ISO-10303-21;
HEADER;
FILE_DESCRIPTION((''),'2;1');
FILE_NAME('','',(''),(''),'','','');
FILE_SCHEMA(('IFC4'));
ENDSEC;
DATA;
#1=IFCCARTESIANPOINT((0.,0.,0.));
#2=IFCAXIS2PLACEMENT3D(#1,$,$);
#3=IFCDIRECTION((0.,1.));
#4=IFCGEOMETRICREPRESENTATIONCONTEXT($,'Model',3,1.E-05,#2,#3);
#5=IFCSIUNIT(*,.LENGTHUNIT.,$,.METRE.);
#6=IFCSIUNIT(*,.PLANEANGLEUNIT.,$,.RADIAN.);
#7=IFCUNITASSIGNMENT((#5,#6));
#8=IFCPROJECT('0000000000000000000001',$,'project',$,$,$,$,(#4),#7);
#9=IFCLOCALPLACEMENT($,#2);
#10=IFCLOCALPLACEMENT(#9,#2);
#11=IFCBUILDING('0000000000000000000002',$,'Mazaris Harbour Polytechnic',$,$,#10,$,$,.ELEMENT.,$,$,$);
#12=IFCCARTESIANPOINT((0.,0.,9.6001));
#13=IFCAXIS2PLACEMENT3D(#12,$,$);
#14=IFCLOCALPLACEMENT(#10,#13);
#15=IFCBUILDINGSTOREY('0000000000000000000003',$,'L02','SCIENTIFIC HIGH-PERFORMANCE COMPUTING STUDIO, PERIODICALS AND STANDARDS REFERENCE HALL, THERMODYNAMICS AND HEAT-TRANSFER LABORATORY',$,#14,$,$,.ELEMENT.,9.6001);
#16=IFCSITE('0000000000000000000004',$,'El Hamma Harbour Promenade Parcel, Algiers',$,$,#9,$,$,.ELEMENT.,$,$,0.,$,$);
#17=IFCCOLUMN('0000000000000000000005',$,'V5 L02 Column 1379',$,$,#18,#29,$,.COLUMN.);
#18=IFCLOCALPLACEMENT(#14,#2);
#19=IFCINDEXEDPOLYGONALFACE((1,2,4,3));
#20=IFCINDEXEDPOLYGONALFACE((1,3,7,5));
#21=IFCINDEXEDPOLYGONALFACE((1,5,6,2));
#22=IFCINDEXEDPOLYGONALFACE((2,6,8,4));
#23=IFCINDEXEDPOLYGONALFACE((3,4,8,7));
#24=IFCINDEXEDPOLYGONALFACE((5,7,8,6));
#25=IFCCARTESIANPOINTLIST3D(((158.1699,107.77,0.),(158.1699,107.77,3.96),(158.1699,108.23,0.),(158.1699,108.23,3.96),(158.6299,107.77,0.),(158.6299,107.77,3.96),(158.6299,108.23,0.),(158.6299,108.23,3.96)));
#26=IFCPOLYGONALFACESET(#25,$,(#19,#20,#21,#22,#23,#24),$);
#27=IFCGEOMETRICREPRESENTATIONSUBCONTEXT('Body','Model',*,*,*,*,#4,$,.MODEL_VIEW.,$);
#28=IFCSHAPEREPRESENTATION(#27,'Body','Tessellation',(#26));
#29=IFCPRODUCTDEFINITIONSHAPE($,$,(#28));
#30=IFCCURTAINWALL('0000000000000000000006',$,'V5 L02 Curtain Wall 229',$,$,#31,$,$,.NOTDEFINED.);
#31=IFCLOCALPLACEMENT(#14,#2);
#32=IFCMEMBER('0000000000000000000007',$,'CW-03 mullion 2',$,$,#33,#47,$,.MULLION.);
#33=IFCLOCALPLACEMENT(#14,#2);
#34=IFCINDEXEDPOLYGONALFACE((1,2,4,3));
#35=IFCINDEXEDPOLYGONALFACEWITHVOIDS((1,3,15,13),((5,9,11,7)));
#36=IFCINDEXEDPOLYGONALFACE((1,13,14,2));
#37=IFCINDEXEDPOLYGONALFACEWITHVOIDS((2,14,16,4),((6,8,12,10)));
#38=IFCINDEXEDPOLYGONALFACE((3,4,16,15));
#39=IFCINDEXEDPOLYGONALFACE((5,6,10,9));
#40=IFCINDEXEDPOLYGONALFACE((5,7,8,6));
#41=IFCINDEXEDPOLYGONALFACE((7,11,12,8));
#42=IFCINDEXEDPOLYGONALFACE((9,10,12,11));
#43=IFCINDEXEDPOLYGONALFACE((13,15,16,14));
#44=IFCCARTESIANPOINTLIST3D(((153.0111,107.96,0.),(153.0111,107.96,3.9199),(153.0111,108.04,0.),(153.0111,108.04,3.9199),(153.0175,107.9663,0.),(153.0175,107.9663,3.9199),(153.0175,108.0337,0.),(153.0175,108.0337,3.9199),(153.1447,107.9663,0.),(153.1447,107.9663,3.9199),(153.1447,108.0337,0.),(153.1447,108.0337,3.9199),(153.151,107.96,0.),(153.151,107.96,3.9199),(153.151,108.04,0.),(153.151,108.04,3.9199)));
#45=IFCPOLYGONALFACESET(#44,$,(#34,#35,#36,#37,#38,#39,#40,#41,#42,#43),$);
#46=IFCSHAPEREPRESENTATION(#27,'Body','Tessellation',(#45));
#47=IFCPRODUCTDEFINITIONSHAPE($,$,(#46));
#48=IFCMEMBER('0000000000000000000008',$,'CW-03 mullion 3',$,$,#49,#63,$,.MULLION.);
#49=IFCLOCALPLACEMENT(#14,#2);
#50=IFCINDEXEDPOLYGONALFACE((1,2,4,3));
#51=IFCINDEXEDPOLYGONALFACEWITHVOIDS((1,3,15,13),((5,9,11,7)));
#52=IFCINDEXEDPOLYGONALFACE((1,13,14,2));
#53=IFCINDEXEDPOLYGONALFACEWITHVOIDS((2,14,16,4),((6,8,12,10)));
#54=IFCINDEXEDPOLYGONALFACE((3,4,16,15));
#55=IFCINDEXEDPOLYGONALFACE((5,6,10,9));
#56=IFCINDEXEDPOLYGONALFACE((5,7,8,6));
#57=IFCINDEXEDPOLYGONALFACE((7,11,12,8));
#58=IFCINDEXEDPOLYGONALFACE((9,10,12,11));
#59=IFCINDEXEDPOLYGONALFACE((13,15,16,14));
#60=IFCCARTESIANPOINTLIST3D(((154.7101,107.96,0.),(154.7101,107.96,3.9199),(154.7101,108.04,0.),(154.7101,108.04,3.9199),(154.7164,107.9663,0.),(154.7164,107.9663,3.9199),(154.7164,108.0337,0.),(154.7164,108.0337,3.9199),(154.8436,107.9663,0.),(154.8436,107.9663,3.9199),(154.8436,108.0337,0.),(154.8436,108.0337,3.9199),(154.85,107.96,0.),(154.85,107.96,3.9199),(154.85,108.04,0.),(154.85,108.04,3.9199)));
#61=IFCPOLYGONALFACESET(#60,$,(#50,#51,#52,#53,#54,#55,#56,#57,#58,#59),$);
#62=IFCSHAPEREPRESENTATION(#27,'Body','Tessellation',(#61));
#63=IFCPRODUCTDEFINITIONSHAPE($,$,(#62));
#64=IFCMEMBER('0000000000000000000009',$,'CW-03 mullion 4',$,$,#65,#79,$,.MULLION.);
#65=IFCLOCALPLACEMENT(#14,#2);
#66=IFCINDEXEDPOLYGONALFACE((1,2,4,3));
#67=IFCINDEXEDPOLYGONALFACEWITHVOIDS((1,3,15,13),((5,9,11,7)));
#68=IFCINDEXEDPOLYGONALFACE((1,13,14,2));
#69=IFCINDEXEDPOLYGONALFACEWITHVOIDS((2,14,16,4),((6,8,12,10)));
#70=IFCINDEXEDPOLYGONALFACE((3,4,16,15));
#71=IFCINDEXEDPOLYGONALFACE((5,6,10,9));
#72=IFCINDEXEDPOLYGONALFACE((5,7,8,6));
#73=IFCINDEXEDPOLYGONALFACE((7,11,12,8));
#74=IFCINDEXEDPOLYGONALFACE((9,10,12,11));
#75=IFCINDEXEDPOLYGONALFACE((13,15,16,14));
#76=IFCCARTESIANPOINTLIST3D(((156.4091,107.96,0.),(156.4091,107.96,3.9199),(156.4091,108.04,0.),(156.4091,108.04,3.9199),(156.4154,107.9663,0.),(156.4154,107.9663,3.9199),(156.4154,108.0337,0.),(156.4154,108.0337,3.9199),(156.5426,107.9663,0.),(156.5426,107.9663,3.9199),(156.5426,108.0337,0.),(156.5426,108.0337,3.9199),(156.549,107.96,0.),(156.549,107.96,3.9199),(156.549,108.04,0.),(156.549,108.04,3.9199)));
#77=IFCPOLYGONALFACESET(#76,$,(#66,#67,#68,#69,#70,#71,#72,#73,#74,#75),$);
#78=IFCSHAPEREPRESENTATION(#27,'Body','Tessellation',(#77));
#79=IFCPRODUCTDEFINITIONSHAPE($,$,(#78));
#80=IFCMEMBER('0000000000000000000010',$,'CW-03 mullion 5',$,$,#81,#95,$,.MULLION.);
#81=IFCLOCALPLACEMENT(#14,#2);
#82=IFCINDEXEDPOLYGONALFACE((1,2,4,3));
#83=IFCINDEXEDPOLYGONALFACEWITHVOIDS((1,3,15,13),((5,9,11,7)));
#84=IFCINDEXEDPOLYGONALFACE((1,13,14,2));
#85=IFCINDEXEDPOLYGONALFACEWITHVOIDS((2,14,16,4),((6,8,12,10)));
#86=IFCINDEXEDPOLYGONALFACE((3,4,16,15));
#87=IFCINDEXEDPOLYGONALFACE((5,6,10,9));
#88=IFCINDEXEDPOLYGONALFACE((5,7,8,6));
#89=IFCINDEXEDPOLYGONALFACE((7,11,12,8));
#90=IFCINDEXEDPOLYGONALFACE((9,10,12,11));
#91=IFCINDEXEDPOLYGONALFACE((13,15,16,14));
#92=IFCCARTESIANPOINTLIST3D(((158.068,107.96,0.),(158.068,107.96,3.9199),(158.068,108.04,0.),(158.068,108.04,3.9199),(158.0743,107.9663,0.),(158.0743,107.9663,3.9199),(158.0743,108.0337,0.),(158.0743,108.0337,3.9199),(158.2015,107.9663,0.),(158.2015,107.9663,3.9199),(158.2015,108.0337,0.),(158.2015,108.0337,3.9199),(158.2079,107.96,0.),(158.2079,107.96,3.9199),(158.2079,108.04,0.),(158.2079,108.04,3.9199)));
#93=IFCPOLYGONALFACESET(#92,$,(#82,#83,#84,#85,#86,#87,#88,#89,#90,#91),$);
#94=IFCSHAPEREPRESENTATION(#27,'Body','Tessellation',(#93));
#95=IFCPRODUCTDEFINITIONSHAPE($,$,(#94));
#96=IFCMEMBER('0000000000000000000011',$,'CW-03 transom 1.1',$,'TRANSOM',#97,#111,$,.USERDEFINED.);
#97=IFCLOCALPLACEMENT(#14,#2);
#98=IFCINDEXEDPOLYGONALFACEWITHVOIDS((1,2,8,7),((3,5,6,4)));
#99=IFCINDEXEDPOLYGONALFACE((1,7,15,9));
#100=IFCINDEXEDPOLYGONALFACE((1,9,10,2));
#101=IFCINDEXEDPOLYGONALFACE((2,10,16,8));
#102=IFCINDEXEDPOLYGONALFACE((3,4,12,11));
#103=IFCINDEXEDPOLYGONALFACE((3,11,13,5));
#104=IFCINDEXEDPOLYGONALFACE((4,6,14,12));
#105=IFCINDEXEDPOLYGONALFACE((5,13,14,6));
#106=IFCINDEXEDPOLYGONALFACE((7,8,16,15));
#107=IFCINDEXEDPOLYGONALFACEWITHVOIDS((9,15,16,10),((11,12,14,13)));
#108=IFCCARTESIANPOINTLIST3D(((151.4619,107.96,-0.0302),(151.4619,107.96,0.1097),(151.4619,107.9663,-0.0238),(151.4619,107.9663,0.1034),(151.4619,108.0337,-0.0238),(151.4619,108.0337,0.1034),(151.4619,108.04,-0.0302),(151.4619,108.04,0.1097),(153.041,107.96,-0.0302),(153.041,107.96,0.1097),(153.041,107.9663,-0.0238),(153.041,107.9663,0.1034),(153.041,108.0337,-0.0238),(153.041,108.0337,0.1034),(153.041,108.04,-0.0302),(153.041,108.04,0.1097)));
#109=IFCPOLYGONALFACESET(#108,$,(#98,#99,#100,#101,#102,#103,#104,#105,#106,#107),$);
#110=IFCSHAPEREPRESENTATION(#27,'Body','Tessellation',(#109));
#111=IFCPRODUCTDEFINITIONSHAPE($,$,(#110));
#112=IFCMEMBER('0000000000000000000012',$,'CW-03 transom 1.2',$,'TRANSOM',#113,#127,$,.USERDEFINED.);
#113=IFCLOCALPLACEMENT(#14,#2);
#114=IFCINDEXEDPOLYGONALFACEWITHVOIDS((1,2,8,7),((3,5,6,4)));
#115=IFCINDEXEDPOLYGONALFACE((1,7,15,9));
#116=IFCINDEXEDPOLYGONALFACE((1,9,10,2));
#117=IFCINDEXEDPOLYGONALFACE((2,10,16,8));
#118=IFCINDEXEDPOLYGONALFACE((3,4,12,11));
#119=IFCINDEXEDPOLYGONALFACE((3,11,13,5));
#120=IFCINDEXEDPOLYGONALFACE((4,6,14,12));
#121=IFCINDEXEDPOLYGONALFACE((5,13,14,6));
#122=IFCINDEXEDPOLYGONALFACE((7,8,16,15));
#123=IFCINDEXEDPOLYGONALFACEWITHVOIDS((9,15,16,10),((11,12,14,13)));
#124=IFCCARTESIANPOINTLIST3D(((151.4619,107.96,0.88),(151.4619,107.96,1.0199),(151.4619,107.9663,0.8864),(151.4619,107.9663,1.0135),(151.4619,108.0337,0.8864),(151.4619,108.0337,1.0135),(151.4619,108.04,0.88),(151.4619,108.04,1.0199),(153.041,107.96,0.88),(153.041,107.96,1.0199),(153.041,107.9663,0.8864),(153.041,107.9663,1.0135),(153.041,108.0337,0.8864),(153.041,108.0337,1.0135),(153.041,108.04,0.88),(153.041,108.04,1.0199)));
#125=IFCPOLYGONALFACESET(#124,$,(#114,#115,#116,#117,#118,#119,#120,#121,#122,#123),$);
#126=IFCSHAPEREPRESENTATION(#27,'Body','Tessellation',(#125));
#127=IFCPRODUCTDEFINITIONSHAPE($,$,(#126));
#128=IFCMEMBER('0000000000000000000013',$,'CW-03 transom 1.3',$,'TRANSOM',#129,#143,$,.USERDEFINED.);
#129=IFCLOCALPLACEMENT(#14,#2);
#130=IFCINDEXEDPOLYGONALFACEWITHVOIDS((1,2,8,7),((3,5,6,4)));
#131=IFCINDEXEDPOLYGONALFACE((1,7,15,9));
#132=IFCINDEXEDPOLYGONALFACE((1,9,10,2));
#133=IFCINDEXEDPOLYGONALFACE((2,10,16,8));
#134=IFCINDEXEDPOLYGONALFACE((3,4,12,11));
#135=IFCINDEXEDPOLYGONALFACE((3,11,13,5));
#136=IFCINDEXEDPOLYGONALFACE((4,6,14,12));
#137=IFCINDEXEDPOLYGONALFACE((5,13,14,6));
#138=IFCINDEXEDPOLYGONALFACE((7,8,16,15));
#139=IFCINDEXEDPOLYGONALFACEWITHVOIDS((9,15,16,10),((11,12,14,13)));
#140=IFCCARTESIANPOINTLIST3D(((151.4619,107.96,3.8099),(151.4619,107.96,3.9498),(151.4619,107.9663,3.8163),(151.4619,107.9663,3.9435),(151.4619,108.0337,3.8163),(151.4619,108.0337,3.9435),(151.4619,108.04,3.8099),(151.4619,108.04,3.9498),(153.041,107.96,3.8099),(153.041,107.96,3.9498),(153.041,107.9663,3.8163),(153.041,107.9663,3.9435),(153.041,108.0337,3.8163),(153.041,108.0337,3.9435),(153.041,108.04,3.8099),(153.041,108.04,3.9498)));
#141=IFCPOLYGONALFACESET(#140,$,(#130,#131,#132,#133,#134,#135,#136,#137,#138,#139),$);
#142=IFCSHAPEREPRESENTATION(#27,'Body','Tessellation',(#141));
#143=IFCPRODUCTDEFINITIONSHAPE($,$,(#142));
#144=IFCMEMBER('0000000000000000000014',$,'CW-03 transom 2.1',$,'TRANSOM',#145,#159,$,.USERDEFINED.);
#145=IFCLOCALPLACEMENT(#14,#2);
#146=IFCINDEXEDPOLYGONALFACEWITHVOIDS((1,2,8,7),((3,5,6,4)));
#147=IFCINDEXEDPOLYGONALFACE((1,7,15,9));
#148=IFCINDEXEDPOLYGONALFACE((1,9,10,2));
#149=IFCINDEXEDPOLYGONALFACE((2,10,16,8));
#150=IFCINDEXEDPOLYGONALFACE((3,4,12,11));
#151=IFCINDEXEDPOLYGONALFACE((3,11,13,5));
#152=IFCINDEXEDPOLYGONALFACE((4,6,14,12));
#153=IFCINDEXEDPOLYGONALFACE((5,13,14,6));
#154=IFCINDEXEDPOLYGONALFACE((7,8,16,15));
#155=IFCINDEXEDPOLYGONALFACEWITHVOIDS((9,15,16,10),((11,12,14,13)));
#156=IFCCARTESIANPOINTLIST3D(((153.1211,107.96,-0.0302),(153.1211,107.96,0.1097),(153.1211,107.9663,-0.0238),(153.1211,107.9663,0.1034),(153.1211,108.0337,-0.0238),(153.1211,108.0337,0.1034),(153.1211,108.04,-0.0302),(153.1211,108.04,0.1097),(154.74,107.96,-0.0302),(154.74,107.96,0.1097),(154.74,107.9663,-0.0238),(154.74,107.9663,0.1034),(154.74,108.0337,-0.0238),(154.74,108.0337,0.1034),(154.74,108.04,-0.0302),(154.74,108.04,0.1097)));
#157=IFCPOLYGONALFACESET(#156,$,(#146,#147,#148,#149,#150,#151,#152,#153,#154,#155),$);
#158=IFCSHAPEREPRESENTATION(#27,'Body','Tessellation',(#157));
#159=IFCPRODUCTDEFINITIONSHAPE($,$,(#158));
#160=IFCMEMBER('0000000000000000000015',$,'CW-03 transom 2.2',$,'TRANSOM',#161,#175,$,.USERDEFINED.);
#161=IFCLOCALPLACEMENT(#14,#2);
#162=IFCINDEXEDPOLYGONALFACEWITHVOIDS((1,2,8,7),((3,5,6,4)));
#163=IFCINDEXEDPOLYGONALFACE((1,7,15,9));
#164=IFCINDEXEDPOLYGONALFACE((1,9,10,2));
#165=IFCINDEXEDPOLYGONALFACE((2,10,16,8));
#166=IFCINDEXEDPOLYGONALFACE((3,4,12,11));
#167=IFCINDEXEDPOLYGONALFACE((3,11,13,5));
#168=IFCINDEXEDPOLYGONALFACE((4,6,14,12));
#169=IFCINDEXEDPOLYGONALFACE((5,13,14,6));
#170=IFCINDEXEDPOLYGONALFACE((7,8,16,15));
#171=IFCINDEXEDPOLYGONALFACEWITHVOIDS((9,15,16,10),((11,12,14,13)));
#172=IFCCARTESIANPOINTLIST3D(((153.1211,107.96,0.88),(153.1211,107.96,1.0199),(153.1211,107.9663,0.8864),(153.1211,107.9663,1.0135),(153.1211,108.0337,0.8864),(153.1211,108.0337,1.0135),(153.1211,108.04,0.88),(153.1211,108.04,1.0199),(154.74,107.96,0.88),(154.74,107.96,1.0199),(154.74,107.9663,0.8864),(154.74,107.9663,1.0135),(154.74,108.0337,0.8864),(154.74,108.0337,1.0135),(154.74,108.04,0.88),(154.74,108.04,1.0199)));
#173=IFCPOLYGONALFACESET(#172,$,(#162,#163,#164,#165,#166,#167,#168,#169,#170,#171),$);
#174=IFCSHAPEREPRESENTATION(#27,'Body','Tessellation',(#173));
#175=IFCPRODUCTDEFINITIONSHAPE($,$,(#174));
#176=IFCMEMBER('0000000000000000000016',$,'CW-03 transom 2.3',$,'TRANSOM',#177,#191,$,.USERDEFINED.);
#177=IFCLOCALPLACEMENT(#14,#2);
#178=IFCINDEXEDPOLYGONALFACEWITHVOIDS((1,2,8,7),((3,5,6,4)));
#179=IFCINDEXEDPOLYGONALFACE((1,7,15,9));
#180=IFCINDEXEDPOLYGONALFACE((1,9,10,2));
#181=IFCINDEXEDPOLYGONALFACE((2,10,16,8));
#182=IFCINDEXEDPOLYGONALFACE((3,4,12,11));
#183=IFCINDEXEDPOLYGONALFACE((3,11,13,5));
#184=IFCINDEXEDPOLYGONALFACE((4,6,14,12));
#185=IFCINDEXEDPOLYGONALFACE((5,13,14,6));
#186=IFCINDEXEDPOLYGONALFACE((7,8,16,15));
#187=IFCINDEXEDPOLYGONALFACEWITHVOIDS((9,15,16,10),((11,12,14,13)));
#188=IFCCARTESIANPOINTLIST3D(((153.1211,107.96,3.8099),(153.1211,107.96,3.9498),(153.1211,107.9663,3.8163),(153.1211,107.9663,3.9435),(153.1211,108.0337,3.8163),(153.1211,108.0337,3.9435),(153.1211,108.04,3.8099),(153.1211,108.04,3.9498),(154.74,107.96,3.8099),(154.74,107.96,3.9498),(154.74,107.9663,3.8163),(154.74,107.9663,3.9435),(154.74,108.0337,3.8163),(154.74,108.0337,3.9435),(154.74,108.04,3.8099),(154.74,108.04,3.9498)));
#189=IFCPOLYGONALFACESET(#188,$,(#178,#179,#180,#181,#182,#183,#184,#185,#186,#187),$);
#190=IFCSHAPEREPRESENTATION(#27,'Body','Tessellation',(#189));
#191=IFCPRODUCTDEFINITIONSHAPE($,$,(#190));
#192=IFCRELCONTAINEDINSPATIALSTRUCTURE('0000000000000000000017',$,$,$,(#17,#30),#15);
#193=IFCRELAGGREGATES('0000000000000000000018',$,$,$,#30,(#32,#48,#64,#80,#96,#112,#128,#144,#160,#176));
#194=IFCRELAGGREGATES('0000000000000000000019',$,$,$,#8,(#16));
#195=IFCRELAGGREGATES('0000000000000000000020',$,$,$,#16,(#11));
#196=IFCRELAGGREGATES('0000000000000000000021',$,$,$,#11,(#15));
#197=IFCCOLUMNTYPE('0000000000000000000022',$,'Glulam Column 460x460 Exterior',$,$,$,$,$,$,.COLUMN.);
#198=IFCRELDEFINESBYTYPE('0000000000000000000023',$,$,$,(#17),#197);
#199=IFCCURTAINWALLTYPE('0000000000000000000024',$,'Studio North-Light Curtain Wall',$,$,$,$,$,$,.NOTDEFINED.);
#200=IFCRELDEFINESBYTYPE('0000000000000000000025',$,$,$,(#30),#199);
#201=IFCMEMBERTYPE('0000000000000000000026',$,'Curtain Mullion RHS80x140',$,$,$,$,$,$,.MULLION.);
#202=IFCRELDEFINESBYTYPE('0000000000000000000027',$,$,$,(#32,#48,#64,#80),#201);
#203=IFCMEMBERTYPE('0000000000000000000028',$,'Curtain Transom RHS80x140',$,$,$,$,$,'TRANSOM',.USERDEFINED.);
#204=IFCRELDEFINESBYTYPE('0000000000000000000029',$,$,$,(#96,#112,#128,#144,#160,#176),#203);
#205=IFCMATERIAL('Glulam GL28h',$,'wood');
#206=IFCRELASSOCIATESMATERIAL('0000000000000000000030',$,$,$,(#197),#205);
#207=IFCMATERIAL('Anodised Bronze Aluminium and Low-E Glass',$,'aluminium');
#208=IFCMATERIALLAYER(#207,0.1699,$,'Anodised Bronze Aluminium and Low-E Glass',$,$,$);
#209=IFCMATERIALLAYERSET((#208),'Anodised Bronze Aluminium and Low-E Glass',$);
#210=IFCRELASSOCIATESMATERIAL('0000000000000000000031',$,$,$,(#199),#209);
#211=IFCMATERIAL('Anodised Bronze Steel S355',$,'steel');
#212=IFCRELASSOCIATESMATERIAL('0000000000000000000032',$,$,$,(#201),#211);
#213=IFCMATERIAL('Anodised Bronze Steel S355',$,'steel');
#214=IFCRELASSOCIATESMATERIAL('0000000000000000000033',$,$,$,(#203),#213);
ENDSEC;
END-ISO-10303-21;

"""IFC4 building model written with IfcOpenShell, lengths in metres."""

from ifc_helpers import new_model, si_unit, direction, frame, origin, origin_2d, place, context, subcontext, project, spatial, rectangle, hollow_rectangle, extrude, material, layer, layer_set, material_profile, profile_set, type_object, element, aggregate, save


model = new_model("IFC4")

# Units and contexts
model_context = context("Model", 3, precision=1e-05, world=origin(), true_north=direction((0.0, 1.0)))
body_context = subcontext(model_context, "Body", "Model", "MODEL_VIEW")
ifc_project = project(units=[si_unit("LENGTHUNIT", "METRE"), si_unit("PLANEANGLEUNIT", "RADIAN")], contexts=[model_context])

# Site, building, storey
site_placement = place(None, origin())
site = spatial("IfcSite", under=ifc_project, at=site_placement, Name="El Hamma Harbour Promenade Parcel, Algiers", CompositionType="ELEMENT", RefElevation=0.0)
building_placement = place(site_placement, origin())
building = spatial("IfcBuilding", under=site, at=building_placement, Name="Mazaris Harbour Polytechnic", CompositionType="ELEMENT")
storey_placement = place(building_placement, frame((0.0, 0.0, 9.6001)))
storey = spatial("IfcBuildingStorey", under=building, at=storey_placement, Name="L02", Description="SCIENTIFIC HIGH-PERFORMANCE COMPUTING STUDIO, PERIODICALS AND STANDARDS REFERENCE HALL, THERMODYNAMICS AND HEAT-TRANSFER LABORATORY", CompositionType="ELEMENT", Elevation=9.6001)

# Column
ifc_material_1 = material(Name="Glulam GL28h", Category="wood")
ifc_material_profile_1 = material_profile(ifc_material_1, rectangle(XDim=0.46, YDim=0.46, at=origin_2d()), Name="RECT460x460")
ifc_profile_set_1 = profile_set([ifc_material_profile_1], Name="Glulam GL28h")
column_type = type_object("IfcColumnType", Name="Glulam Column 460x460 Exterior", PredefinedType="COLUMN", material=ifc_profile_set_1)
column_placement = place(storey_placement, frame((158.3999, 108.0, 0.0), z_axis=(0.0, 0.0, 1.0), x_axis=(1.0, 0.0, 0.0)))
element("IfcColumn", 1, at=column_placement, inside=storey, type_object=column_type, Name="V5 L02 Column 1379", PredefinedType="COLUMN", context=body_context, shape_type="SweptSolid", body=[
    extrude(rectangle(XDim=0.46, YDim=0.46, at=origin_2d()), origin(), (0.0, 0.0, 1.0), 3.96),
])

# Curtain wall, members
ifc_material_2 = material(Name="Anodised Bronze Aluminium and Low-E Glass", Category="aluminium")
ifc_layer_1 = layer(ifc_material_2, 0.1699, Name="Anodised Bronze Aluminium and Low-E Glass")
ifc_layer_set_1 = layer_set([ifc_layer_1], Name="Anodised Bronze Aluminium and Low-E Glass")
curtain_wall_type = type_object("IfcCurtainWallType", Name="Studio North-Light Curtain Wall", PredefinedType="NOTDEFINED", material=ifc_layer_set_1)
curtain_wall_placement = place(storey_placement, origin())
curtain_wall = element("IfcCurtainWall", 2, at=curtain_wall_placement, inside=storey, type_object=curtain_wall_type, Name="V5 L02 Curtain Wall 229", PredefinedType="NOTDEFINED")
ifc_material_3 = material(Name="Anodised Bronze Steel S355", Category="steel")
ifc_material_profile_2 = material_profile(ifc_material_3, hollow_rectangle(XDim=0.0801, YDim=0.1399, WallThickness=0.0063, at=origin_2d()), Name="RHS 80x140x6.3")
ifc_profile_set_2 = profile_set([ifc_material_profile_2], Name="Anodised Bronze Steel S355")
member_type_1 = type_object("IfcMemberType", Name="Curtain Mullion RHS80x140", PredefinedType="MULLION", material=ifc_profile_set_2)
member_1_placement = place(storey_placement, frame((153.0811, 108.0, 0.0), z_axis=(0.0, 0.0, 1.0), x_axis=(0.0, 1.0, 0.0)))
member_1 = element("IfcMember", 3, at=member_1_placement, type_object=member_type_1, Name="CW-03 mullion 2", PredefinedType="MULLION", context=body_context, shape_type="SweptSolid", body=[
    extrude(hollow_rectangle(XDim=0.0801, YDim=0.1399, WallThickness=0.0063, at=origin_2d()), origin(), (0.0, 0.0, 1.0), 3.9199),
])
member_2_placement = place(storey_placement, frame((154.78, 108.0, 0.0), z_axis=(0.0, 0.0, 1.0), x_axis=(0.0, 1.0, 0.0)))
member_2 = element("IfcMember", 4, at=member_2_placement, type_object=member_type_1, Name="CW-03 mullion 3", PredefinedType="MULLION", context=body_context, shape_type="SweptSolid", body=[
    extrude(hollow_rectangle(XDim=0.0801, YDim=0.1399, WallThickness=0.0063, at=origin_2d()), origin(), (0.0, 0.0, 1.0), 3.9199),
])
member_3_placement = place(storey_placement, frame((156.479, 108.0, 0.0), z_axis=(0.0, 0.0, 1.0), x_axis=(0.0, 1.0, 0.0)))
member_3 = element("IfcMember", 5, at=member_3_placement, type_object=member_type_1, Name="CW-03 mullion 4", PredefinedType="MULLION", context=body_context, shape_type="SweptSolid", body=[
    extrude(hollow_rectangle(XDim=0.0801, YDim=0.1399, WallThickness=0.0063, at=origin_2d()), origin(), (0.0, 0.0, 1.0), 3.9199),
])
member_4_placement = place(storey_placement, frame((158.1379, 108.0, 0.0), z_axis=(0.0, 0.0, 1.0), x_axis=(0.0, 1.0, 0.0)))
member_4 = element("IfcMember", 6, at=member_4_placement, type_object=member_type_1, Name="CW-03 mullion 5", PredefinedType="MULLION", context=body_context, shape_type="SweptSolid", body=[
    extrude(hollow_rectangle(XDim=0.0801, YDim=0.1399, WallThickness=0.0063, at=origin_2d()), origin(), (0.0, 0.0, 1.0), 3.9199),
])
ifc_material_4 = material(Name="Anodised Bronze Steel S355", Category="steel")
ifc_material_profile_3 = material_profile(ifc_material_4, hollow_rectangle(XDim=0.0801, YDim=0.1399, WallThickness=0.0063, at=origin_2d()), Name="RHS 80x140x6.3")
ifc_profile_set_3 = profile_set([ifc_material_profile_3], Name="Anodised Bronze Steel S355")
member_type_2 = type_object("IfcMemberType", Name="Curtain Transom RHS80x140", ElementType="TRANSOM", PredefinedType="USERDEFINED", material=ifc_profile_set_3)
member_5_placement = place(storey_placement, frame((151.4619, 108.0, 0.0398), z_axis=(1.0, 0.0, 0.0), x_axis=(0.0, 1.0, 0.0)))
member_5 = element("IfcMember", 7, at=member_5_placement, type_object=member_type_2, Name="CW-03 transom 1.1", ObjectType="TRANSOM", PredefinedType="USERDEFINED", context=body_context, shape_type="SweptSolid", body=[
    extrude(hollow_rectangle(XDim=0.0801, YDim=0.1399, WallThickness=0.0063, at=origin_2d()), origin(), (0.0, 0.0, 1.0), 1.5791),
])
member_6_placement = place(storey_placement, frame((151.4619, 108.0, 0.95), z_axis=(1.0, 0.0, 0.0), x_axis=(0.0, 1.0, 0.0)))
member_6 = element("IfcMember", 8, at=member_6_placement, type_object=member_type_2, Name="CW-03 transom 1.2", ObjectType="TRANSOM", PredefinedType="USERDEFINED", context=body_context, shape_type="SweptSolid", body=[
    extrude(hollow_rectangle(XDim=0.0801, YDim=0.1399, WallThickness=0.0063, at=origin_2d()), origin(), (0.0, 0.0, 1.0), 1.5791),
])
member_7_placement = place(storey_placement, frame((151.4619, 108.0, 3.8799), z_axis=(1.0, 0.0, 0.0), x_axis=(0.0, 1.0, 0.0)))
member_7 = element("IfcMember", 9, at=member_7_placement, type_object=member_type_2, Name="CW-03 transom 1.3", ObjectType="TRANSOM", PredefinedType="USERDEFINED", context=body_context, shape_type="SweptSolid", body=[
    extrude(hollow_rectangle(XDim=0.0801, YDim=0.1399, WallThickness=0.0063, at=origin_2d()), origin(), (0.0, 0.0, 1.0), 1.5791),
])
member_8_placement = place(storey_placement, frame((153.1211, 108.0, 0.0398), z_axis=(1.0, 0.0, 0.0), x_axis=(0.0, 1.0, 0.0)))
member_8 = element("IfcMember", 10, at=member_8_placement, type_object=member_type_2, Name="CW-03 transom 2.1", ObjectType="TRANSOM", PredefinedType="USERDEFINED", context=body_context, shape_type="SweptSolid", body=[
    extrude(hollow_rectangle(XDim=0.0801, YDim=0.1399, WallThickness=0.0063, at=origin_2d()), origin(), (0.0, 0.0, 1.0), 1.6189),
])
member_9_placement = place(storey_placement, frame((153.1211, 108.0, 0.95), z_axis=(1.0, 0.0, 0.0), x_axis=(0.0, 1.0, 0.0)))
member_9 = element("IfcMember", 11, at=member_9_placement, type_object=member_type_2, Name="CW-03 transom 2.2", ObjectType="TRANSOM", PredefinedType="USERDEFINED", context=body_context, shape_type="SweptSolid", body=[
    extrude(hollow_rectangle(XDim=0.0801, YDim=0.1399, WallThickness=0.0063, at=origin_2d()), origin(), (0.0, 0.0, 1.0), 1.6189),
])
member_10_placement = place(storey_placement, frame((153.1211, 108.0, 3.8799), z_axis=(1.0, 0.0, 0.0), x_axis=(0.0, 1.0, 0.0)))
member_10 = element("IfcMember", 12, at=member_10_placement, type_object=member_type_2, Name="CW-03 transom 2.3", ObjectType="TRANSOM", PredefinedType="USERDEFINED", context=body_context, shape_type="SweptSolid", body=[
    extrude(hollow_rectangle(XDim=0.0801, YDim=0.1399, WallThickness=0.0063, at=origin_2d()), origin(), (0.0, 0.0, 1.0), 1.6189),
])
aggregate(curtain_wall, [member_1, member_2, member_3, member_4, member_5, member_6, member_7, member_8, member_9, member_10])

save(model, "model.ifc")
